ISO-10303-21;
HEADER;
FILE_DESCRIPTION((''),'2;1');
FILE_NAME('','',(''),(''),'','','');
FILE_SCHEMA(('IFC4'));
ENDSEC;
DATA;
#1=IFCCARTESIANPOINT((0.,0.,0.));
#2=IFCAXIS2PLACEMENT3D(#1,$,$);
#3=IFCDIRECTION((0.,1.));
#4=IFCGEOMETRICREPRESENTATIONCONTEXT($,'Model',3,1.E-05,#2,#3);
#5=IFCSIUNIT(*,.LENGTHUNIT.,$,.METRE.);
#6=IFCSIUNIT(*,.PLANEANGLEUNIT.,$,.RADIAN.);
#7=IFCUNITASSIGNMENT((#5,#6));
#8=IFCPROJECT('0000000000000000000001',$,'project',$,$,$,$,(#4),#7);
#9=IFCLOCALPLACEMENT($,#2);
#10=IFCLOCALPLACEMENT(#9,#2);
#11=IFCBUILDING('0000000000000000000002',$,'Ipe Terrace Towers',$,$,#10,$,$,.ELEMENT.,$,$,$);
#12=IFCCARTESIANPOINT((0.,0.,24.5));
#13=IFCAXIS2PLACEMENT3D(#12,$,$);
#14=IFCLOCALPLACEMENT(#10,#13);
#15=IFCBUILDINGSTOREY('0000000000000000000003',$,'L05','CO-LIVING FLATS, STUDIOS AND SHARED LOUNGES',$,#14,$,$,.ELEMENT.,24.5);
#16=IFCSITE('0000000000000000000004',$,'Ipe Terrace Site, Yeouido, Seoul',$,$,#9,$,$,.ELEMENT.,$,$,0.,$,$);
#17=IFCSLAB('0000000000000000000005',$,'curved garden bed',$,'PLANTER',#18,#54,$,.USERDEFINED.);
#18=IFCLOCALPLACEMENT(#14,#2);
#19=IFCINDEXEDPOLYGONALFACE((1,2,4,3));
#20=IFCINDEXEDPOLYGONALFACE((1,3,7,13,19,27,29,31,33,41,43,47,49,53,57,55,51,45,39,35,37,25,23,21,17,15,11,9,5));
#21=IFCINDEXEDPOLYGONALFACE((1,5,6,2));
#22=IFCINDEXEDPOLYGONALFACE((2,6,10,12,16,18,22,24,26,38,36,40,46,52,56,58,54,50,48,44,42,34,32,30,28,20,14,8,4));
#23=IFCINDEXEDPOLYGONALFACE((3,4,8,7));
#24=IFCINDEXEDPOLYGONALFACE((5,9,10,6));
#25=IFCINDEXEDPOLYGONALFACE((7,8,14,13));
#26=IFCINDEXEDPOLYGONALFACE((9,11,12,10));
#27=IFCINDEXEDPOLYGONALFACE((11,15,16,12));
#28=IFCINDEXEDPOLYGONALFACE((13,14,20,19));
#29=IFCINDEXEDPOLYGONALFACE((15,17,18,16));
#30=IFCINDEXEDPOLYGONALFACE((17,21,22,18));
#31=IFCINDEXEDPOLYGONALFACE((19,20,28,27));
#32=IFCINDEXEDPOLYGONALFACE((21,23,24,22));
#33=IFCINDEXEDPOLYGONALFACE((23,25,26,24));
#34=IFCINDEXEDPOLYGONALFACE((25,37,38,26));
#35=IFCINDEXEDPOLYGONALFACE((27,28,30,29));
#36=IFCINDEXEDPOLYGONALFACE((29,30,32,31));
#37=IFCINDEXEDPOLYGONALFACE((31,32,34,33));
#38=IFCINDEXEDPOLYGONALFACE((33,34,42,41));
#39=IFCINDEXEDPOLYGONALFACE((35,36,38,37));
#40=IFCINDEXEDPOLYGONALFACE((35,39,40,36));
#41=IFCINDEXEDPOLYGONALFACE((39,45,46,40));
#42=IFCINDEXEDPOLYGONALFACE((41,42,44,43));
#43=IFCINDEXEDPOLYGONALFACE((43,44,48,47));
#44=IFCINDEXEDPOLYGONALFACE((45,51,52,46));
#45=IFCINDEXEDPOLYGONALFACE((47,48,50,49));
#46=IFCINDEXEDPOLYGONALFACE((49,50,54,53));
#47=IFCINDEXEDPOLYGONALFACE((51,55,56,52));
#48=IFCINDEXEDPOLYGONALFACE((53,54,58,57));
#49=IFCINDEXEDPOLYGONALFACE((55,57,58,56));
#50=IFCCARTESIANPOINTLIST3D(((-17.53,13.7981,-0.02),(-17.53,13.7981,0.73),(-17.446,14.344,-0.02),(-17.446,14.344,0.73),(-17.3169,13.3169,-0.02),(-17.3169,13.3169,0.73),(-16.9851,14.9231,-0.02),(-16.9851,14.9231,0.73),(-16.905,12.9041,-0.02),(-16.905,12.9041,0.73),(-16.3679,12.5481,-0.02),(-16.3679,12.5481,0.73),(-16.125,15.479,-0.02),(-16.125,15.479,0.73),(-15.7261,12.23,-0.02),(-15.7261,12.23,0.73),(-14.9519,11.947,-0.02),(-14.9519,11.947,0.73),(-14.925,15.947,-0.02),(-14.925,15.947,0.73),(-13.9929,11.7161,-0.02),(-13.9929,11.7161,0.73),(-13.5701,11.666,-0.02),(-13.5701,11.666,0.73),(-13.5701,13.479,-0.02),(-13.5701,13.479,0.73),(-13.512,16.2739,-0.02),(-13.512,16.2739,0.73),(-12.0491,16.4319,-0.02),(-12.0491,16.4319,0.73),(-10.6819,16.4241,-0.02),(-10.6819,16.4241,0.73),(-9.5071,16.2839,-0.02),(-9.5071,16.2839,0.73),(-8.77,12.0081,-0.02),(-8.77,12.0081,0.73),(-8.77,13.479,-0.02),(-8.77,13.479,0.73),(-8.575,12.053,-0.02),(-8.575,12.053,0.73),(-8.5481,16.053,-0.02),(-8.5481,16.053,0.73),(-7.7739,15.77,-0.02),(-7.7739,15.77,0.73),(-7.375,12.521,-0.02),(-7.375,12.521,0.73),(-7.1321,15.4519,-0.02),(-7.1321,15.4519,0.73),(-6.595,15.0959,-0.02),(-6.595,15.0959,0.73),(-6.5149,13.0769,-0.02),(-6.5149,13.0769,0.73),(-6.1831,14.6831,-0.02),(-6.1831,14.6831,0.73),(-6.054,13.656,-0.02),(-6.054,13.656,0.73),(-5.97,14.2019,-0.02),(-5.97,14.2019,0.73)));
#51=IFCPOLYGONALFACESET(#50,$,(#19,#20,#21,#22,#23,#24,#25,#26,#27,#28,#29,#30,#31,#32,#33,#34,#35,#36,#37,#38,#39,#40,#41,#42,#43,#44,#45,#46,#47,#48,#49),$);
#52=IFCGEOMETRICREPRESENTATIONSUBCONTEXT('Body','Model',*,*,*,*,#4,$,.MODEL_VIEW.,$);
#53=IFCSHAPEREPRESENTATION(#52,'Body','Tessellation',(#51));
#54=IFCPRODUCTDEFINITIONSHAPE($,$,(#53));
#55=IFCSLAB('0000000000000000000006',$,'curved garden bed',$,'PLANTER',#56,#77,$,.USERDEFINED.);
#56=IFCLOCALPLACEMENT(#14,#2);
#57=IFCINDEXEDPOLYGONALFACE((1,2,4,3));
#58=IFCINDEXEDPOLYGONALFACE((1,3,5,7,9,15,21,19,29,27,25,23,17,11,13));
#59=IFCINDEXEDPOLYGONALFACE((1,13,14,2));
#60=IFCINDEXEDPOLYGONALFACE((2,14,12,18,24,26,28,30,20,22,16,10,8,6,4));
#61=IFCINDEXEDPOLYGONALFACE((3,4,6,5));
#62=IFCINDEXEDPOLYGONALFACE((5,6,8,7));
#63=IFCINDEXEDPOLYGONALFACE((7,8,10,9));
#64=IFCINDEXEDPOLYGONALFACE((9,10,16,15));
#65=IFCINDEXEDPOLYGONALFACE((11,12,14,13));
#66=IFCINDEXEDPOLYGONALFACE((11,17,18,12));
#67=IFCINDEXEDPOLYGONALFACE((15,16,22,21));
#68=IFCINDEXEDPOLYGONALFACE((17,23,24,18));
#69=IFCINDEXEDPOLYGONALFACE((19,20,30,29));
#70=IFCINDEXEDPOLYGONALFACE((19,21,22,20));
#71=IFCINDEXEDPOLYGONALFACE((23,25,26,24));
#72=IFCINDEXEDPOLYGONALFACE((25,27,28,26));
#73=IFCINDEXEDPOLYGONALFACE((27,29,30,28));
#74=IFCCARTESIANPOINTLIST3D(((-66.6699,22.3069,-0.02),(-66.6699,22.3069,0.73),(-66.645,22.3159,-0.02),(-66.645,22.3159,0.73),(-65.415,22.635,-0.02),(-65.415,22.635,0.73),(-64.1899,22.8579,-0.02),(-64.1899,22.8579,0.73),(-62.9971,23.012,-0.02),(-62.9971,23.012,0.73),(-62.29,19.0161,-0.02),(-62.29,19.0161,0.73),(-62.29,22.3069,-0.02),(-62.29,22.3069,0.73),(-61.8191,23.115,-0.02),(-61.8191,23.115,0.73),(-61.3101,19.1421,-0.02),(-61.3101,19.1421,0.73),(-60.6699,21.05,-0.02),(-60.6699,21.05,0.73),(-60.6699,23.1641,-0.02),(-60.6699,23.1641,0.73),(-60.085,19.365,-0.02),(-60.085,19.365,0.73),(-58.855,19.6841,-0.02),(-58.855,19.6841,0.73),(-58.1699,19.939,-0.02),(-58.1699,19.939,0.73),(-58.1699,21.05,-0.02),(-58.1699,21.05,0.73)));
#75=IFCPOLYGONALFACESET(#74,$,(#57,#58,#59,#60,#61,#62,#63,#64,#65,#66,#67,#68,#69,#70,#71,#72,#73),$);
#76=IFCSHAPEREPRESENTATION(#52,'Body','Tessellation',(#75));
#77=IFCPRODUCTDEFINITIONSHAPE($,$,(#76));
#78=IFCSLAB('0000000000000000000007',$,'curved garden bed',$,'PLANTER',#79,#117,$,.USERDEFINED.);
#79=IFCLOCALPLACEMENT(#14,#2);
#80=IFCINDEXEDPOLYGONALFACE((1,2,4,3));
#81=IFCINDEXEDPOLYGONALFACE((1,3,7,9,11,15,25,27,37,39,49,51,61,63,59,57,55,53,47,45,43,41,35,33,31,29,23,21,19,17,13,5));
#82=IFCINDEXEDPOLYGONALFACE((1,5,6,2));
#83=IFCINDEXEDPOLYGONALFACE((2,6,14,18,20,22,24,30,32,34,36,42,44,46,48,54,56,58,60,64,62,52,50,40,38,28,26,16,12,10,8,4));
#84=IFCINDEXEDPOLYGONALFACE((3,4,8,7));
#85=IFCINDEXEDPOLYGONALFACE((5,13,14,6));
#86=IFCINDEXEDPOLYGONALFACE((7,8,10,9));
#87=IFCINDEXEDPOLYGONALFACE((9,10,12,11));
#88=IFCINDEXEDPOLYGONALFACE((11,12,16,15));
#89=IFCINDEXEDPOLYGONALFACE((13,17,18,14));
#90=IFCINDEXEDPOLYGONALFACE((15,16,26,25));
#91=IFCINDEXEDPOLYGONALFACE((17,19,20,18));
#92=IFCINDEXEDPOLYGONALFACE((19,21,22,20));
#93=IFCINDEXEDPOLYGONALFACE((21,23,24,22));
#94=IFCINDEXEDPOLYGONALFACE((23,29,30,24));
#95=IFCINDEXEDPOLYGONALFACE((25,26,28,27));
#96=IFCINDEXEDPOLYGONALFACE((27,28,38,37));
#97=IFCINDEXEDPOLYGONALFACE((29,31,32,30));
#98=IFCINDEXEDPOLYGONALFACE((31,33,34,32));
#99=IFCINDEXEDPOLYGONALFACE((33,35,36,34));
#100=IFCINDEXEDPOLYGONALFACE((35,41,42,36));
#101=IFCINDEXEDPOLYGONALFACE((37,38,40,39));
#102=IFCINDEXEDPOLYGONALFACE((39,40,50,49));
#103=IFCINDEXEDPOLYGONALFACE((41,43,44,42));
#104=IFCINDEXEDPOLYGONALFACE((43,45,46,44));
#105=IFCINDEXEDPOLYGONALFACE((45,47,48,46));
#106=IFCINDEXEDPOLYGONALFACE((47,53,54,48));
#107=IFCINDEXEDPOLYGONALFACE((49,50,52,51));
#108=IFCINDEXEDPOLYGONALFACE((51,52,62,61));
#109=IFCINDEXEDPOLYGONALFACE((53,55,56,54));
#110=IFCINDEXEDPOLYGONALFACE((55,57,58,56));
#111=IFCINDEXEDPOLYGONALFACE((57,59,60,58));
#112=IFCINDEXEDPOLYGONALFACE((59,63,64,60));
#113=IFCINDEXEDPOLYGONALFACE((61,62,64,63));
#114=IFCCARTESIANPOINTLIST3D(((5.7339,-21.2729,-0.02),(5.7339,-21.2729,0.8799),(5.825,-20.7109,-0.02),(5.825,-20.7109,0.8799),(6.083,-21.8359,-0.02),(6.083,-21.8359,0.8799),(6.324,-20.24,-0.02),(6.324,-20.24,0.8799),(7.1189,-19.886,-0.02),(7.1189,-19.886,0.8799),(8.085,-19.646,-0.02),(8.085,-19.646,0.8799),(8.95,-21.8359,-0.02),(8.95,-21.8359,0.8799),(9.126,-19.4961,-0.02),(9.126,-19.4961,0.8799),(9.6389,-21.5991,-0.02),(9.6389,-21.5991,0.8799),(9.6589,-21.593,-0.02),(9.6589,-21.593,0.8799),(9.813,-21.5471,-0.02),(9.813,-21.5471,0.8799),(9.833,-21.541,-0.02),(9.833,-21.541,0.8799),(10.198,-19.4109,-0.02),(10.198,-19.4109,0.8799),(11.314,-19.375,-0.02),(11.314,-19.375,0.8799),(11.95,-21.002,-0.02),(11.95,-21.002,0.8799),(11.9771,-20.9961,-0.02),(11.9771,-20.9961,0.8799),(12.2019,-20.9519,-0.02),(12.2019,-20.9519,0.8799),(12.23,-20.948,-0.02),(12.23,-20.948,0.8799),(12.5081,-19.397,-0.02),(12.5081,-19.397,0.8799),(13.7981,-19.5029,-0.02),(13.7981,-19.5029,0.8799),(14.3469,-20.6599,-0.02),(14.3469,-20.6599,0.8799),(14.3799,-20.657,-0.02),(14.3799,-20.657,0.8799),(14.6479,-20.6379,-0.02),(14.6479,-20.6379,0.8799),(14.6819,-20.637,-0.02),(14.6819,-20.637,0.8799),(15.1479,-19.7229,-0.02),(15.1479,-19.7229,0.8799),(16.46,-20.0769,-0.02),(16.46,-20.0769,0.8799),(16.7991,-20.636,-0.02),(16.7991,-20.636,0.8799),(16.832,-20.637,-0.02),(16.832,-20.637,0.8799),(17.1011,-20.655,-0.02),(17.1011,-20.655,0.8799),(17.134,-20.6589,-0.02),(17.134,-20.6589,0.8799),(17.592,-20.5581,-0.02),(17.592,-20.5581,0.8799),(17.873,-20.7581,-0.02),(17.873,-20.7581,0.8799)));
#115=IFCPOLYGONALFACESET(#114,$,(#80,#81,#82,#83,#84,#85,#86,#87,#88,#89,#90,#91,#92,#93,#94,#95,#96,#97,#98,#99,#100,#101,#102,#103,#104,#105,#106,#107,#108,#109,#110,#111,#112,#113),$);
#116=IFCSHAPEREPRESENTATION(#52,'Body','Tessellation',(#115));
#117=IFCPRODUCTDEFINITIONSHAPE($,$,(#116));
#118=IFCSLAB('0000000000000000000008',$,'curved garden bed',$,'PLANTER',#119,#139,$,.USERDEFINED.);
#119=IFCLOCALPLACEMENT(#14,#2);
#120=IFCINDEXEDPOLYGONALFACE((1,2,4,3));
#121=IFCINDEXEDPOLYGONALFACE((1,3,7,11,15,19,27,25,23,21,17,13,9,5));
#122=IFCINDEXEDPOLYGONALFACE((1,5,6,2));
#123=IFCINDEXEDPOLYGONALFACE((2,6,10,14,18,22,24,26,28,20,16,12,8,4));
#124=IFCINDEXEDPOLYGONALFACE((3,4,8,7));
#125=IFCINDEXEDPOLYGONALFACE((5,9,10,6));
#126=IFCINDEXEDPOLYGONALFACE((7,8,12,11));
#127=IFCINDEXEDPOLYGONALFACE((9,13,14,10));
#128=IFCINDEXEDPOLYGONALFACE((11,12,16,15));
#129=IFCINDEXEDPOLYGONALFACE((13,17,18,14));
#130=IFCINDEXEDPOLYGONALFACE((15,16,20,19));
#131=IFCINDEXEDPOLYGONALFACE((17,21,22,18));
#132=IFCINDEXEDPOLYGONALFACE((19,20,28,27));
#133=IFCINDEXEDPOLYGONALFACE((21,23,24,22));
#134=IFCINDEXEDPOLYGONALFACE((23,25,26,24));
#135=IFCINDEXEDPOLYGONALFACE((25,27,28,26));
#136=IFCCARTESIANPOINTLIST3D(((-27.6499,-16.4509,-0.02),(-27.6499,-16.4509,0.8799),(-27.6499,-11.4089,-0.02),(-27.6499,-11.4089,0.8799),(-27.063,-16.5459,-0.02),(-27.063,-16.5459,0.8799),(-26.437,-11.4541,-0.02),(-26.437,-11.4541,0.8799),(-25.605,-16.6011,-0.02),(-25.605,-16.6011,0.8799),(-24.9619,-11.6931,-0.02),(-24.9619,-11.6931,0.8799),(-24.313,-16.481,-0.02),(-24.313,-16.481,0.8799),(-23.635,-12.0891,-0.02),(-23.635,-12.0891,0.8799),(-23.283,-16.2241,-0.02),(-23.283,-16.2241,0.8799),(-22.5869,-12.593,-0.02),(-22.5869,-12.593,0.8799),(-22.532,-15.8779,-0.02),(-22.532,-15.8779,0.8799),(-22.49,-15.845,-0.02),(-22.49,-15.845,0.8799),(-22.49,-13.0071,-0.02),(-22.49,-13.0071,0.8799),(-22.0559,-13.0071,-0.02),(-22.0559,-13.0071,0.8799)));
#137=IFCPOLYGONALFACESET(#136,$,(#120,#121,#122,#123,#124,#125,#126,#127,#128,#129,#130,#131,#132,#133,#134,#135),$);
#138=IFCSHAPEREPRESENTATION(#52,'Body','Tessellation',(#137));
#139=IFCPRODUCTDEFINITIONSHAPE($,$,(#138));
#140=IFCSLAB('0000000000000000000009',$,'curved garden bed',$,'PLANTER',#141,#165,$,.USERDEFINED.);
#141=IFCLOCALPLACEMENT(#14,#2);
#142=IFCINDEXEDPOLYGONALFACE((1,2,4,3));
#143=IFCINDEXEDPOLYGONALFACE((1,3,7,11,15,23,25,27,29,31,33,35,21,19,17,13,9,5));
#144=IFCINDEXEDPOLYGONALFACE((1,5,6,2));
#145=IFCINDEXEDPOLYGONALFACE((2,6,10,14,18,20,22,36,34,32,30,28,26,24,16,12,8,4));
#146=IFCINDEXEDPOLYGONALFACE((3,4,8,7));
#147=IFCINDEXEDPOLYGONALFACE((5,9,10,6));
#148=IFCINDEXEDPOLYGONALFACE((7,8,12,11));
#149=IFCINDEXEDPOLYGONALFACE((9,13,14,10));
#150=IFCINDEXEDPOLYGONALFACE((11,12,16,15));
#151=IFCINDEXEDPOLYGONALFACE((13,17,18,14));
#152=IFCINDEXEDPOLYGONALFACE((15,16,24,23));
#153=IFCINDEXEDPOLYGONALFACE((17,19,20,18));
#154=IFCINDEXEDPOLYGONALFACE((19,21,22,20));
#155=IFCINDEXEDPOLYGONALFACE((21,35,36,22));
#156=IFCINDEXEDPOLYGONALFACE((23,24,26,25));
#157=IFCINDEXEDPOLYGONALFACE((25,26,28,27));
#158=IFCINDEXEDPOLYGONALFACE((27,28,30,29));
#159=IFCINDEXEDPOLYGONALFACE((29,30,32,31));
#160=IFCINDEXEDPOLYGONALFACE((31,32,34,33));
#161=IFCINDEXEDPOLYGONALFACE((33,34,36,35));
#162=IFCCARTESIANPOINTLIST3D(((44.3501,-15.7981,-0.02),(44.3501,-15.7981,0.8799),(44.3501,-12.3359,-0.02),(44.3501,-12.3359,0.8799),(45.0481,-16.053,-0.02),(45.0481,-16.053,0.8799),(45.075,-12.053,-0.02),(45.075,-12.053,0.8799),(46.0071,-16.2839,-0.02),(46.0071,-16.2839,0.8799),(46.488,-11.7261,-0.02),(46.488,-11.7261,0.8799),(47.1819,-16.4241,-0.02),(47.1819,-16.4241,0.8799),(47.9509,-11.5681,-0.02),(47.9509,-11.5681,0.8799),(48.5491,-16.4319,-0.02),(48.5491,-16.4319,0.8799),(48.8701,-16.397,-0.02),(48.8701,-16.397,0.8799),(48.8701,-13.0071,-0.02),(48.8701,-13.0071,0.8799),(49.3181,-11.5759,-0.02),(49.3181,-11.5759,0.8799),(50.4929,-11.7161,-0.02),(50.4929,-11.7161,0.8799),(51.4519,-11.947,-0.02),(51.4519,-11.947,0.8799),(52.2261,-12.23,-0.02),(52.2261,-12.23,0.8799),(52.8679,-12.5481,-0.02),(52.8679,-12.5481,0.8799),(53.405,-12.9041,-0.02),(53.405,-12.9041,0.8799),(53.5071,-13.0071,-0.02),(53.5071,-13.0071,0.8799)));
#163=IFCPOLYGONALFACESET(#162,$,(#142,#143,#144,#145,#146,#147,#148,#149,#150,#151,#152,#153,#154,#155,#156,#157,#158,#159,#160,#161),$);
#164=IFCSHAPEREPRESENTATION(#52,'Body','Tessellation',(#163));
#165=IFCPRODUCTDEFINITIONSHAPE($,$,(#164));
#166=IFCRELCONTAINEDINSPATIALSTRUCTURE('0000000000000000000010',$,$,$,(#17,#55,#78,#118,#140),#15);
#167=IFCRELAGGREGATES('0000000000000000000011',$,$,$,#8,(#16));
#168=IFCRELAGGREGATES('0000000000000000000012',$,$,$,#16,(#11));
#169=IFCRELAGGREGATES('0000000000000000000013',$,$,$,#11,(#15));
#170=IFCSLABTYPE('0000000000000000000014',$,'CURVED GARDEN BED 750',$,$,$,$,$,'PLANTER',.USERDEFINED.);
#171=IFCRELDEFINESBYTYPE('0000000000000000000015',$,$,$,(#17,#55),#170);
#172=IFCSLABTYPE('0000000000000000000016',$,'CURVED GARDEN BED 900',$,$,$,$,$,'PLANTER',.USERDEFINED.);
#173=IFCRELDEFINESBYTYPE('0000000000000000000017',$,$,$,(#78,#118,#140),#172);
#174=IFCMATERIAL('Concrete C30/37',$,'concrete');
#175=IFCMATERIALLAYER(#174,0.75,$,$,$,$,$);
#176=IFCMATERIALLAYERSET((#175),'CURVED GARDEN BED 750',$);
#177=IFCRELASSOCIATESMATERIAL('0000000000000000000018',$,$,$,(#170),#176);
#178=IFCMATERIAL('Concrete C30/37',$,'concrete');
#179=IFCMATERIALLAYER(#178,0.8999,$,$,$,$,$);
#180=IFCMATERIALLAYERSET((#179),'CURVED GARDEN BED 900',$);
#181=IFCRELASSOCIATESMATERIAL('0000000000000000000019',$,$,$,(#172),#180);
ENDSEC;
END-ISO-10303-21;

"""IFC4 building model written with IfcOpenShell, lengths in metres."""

from ifc_helpers import new_model, si_unit, direction, frame, origin, place, context, subcontext, project, spatial, polyline, outline, extrude, material, layer, layer_set, type_object, element, save


model = new_model("IFC4")

# Units and contexts
model_context = context("Model", 3, precision=1e-05, world=origin(), true_north=direction((0.0, 1.0)))
body_context = subcontext(model_context, "Body", "Model", "MODEL_VIEW")
ifc_project = project(units=[si_unit("LENGTHUNIT", "METRE"), si_unit("PLANEANGLEUNIT", "RADIAN")], contexts=[model_context])

# Site, building, storey
site_placement = place(None, origin())
site = spatial("IfcSite", under=ifc_project, at=site_placement, Name="Ipe Terrace Site, Yeouido, Seoul", CompositionType="ELEMENT", RefElevation=0.0)
building_placement = place(site_placement, origin())
building = spatial("IfcBuilding", under=site, at=building_placement, Name="Ipe Terrace Towers", CompositionType="ELEMENT")
storey_placement = place(building_placement, frame((0.0, 0.0, 24.5)))
storey = spatial("IfcBuildingStorey", under=building, at=storey_placement, Name="L05", Description="CO-LIVING FLATS, STUDIOS AND SHARED LOUNGES", CompositionType="ELEMENT", Elevation=24.5)

# Slabs
ifc_material_1 = material(Name="Concrete C30/37", Category="concrete")
ifc_layer_1 = layer(ifc_material_1, 0.75)
ifc_layer_set_1 = layer_set([ifc_layer_1], Name="CURVED GARDEN BED 750")
slab_type_1 = type_object("IfcSlabType", Name="CURVED GARDEN BED 750", ElementType="PLANTER", PredefinedType="USERDEFINED", material=ifc_layer_set_1)
slab_1_placement = place(storey_placement, frame((0.0, 0.0, -0.02)))
element("IfcSlab", 1, at=slab_1_placement, inside=storey, type_object=slab_type_1, Name="curved garden bed", ObjectType="PLANTER", PredefinedType="USERDEFINED", context=body_context, shape_type="SweptSolid", body=[
    extrude(outline(polyline([(-15.7261, 12.23), (-16.3679, 12.5481), (-16.905, 12.9041), (-17.3169, 13.3169), (-17.53, 13.7981), (-17.446, 14.344), (-16.9851, 14.9231), (-16.125, 15.479), (-14.925, 15.947), (-13.512, 16.2739), (-12.0491, 16.4319), (-10.6819, 16.4241), (-9.5071, 16.2839), (-8.5481, 16.053), (-7.7739, 15.77), (-7.1321, 15.4519), (-6.595, 15.0959), (-6.1831, 14.6831), (-5.97, 14.2019), (-6.054, 13.656), (-6.5149, 13.0769), (-7.375, 12.521), (-8.575, 12.053), (-8.77, 12.0081), (-8.77, 13.479), (-13.5701, 13.479), (-13.5701, 11.666), (-13.9929, 11.7161), (-14.9519, 11.947), (-15.7261, 12.23)])), origin(), (0.0, 0.0, 1.0), 0.75),
])
slab_2_placement = place(storey_placement, frame((0.0, 0.0, -0.02)))
element("IfcSlab", 2, at=slab_2_placement, inside=storey, type_object=slab_type_1, Name="curved garden bed", ObjectType="PLANTER", PredefinedType="USERDEFINED", context=body_context, shape_type="SweptSolid", body=[
    extrude(outline(polyline([(-64.1899, 22.8579), (-62.9971, 23.012), (-61.8191, 23.115), (-60.6699, 23.1641), (-60.6699, 21.05), (-58.1699, 21.05), (-58.1699, 19.939), (-58.855, 19.6841), (-60.085, 19.365), (-61.3101, 19.1421), (-62.29, 19.0161), (-62.29, 22.3069), (-66.6699, 22.3069), (-66.645, 22.3159), (-65.415, 22.635), (-64.1899, 22.8579)])), origin(), (0.0, 0.0, 1.0), 0.75),
])
ifc_material_2 = material(Name="Concrete C30/37", Category="concrete")
ifc_layer_2 = layer(ifc_material_2, 0.8999)
ifc_layer_set_2 = layer_set([ifc_layer_2], Name="CURVED GARDEN BED 900")
slab_type_2 = type_object("IfcSlabType", Name="CURVED GARDEN BED 900", ElementType="PLANTER", PredefinedType="USERDEFINED", material=ifc_layer_set_2)
slab_3_placement = place(storey_placement, frame((0.0, 0.0, -0.02)))
element("IfcSlab", 3, at=slab_3_placement, inside=storey, type_object=slab_type_2, Name="curved garden bed", ObjectType="PLANTER", PredefinedType="USERDEFINED", context=body_context, shape_type="SweptSolid", body=[
    extrude(outline(polyline([(6.324, -20.24), (7.1189, -19.886), (8.085, -19.646), (9.126, -19.4961), (10.198, -19.4109), (11.314, -19.375), (12.5081, -19.397), (13.7981, -19.5029), (15.1479, -19.7229), (16.46, -20.0769), (17.592, -20.5581), (17.873, -20.7581), (17.134, -20.6589), (17.1011, -20.655), (16.832, -20.637), (16.7991, -20.636), (14.6819, -20.637), (14.6479, -20.6379), (14.3799, -20.657), (14.3469, -20.6599), (12.23, -20.948), (12.2019, -20.9519), (11.9771, -20.9961), (11.95, -21.002), (9.833, -21.541), (9.813, -21.5471), (9.6589, -21.593), (9.6389, -21.5991), (8.95, -21.8359), (6.083, -21.8359), (5.7339, -21.2729), (5.825, -20.7109), (6.324, -20.24)])), origin(), (0.0, 0.0, 1.0), 0.8999),
])
slab_4_placement = place(storey_placement, frame((0.0, 0.0, -0.02)))
element("IfcSlab", 4, at=slab_4_placement, inside=storey, type_object=slab_type_2, Name="curved garden bed", ObjectType="PLANTER", PredefinedType="USERDEFINED", context=body_context, shape_type="SweptSolid", body=[
    extrude(outline(polyline([(-23.635, -12.0891), (-22.5869, -12.593), (-22.0559, -13.0071), (-22.49, -13.0071), (-22.49, -15.845), (-22.532, -15.8779), (-23.283, -16.2241), (-24.313, -16.481), (-25.605, -16.6011), (-27.063, -16.5459), (-27.6499, -16.4509), (-27.6499, -11.4089), (-26.437, -11.4541), (-24.9619, -11.6931), (-23.635, -12.0891)])), origin(), (0.0, 0.0, 1.0), 0.8999),
])
slab_5_placement = place(storey_placement, frame((0.0, 0.0, -0.02)))
element("IfcSlab", 5, at=slab_5_placement, inside=storey, type_object=slab_type_2, Name="curved garden bed", ObjectType="PLANTER", PredefinedType="USERDEFINED", context=body_context, shape_type="SweptSolid", body=[
    extrude(outline(polyline([(47.9509, -11.5681), (49.3181, -11.5759), (50.4929, -11.7161), (51.4519, -11.947), (52.2261, -12.23), (52.8679, -12.5481), (53.405, -12.9041), (53.5071, -13.0071), (48.8701, -13.0071), (48.8701, -16.397), (48.5491, -16.4319), (47.1819, -16.4241), (46.0071, -16.2839), (45.0481, -16.053), (44.3501, -15.7981), (44.3501, -12.3359), (45.075, -12.053), (46.488, -11.7261), (47.9509, -11.5681)])), origin(), (0.0, 0.0, 1.0), 0.8999),
])

save(model, "model.ifc")
